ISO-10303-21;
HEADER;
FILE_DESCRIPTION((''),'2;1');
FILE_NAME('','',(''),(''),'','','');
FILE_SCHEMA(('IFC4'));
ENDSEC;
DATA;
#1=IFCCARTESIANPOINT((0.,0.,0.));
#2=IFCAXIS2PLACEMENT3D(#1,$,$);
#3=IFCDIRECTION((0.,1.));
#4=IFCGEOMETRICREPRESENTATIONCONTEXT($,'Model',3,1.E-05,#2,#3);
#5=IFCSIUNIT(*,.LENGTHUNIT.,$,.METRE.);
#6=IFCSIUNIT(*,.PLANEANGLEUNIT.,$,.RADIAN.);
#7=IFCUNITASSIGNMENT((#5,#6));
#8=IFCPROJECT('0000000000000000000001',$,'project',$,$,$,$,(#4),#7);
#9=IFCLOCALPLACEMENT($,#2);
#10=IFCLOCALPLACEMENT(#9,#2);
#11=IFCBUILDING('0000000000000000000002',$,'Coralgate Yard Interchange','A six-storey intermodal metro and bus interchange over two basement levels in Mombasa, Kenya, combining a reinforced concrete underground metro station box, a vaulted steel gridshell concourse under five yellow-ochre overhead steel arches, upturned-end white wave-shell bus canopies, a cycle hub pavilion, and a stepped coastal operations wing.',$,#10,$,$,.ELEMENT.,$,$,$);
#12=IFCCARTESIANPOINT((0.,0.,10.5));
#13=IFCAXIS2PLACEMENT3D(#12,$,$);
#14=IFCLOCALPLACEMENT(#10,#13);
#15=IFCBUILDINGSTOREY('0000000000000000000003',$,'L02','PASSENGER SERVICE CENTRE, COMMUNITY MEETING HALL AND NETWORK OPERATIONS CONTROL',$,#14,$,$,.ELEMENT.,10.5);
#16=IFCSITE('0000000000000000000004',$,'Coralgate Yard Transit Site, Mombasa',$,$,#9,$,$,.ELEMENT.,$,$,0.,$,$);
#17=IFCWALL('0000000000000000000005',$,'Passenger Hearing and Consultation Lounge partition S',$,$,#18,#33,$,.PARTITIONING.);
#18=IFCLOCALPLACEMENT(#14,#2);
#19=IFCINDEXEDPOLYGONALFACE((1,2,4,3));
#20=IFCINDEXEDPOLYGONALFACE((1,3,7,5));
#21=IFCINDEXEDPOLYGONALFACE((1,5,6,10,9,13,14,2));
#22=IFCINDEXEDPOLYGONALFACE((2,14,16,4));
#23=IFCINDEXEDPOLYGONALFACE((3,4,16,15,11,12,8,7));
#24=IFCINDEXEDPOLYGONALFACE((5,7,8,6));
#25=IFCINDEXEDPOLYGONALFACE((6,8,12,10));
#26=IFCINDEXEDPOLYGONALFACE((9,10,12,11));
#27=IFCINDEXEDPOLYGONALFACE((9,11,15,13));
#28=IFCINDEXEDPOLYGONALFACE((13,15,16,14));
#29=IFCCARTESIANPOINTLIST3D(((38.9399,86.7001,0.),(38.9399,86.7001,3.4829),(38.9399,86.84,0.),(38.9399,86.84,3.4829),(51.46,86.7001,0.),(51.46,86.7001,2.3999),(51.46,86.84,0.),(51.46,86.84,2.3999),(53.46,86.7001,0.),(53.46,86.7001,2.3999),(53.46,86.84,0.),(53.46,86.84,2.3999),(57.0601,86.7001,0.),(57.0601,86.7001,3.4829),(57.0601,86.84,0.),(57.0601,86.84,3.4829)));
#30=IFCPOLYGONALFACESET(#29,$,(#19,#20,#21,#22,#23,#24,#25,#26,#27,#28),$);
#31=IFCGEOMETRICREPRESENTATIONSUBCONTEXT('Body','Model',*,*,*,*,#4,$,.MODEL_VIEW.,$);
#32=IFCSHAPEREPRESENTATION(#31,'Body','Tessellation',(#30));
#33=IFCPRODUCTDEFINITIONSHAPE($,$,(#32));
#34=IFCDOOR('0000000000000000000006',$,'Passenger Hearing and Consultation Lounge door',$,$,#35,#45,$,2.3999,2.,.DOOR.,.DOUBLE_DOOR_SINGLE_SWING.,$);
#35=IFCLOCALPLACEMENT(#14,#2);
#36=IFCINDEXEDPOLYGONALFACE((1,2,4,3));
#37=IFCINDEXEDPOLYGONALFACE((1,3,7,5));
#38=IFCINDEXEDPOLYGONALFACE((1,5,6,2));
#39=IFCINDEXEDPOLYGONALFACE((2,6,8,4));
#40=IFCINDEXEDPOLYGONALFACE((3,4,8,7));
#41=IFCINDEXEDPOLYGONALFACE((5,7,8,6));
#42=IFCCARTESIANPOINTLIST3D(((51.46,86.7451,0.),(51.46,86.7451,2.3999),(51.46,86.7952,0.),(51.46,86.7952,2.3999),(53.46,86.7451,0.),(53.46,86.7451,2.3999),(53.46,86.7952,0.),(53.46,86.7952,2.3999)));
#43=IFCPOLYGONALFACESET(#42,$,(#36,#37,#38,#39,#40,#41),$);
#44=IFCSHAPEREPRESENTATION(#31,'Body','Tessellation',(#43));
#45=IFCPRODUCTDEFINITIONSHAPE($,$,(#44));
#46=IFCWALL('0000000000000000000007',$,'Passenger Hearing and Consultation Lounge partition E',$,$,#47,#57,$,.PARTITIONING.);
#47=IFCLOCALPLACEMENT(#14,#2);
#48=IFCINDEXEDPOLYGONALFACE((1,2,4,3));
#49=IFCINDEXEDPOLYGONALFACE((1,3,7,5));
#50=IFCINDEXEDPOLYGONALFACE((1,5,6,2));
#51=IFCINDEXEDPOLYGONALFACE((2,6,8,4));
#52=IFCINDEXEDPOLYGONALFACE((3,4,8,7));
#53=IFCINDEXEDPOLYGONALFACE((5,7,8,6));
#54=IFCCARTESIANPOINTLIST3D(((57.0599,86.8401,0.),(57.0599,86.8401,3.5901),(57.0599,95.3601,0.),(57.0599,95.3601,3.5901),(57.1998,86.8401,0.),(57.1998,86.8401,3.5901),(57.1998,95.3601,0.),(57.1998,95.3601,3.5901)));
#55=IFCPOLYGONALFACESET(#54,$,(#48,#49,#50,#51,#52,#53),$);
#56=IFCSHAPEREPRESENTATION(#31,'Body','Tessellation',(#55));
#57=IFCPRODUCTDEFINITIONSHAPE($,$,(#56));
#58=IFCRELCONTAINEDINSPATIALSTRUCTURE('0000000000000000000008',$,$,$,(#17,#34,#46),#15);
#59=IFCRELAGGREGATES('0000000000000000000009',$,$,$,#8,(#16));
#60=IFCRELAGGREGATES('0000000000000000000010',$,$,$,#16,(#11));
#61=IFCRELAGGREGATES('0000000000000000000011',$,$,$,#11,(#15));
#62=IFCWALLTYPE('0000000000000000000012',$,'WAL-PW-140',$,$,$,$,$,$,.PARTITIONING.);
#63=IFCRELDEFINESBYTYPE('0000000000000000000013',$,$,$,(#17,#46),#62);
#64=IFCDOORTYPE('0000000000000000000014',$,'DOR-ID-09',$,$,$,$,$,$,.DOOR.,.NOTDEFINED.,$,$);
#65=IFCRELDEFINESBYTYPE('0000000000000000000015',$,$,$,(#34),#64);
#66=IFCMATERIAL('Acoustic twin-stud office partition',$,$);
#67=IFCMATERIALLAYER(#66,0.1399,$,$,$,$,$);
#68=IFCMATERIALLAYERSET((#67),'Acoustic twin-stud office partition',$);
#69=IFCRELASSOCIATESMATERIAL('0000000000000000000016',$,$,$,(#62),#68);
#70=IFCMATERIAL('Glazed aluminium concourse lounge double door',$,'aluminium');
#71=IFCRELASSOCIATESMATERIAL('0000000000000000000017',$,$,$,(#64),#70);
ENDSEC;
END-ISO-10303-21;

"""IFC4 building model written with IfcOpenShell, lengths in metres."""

from ifc_helpers import new_model, si_unit, direction, frame, frame_2d, origin, place, context, subcontext, project, spatial, rectangle, extrude, material, layer, layer_set, type_object, element, fill, save


model = new_model("IFC4")

# Units and contexts
model_context = context("Model", 3, precision=1e-05, world=origin(), true_north=direction((0.0, 1.0)))
body_context = subcontext(model_context, "Body", "Model", "MODEL_VIEW")
ifc_project = project(units=[si_unit("LENGTHUNIT", "METRE"), si_unit("PLANEANGLEUNIT", "RADIAN")], contexts=[model_context])

# Site, building, storey
site_placement = place(None, origin())
site = spatial("IfcSite", under=ifc_project, at=site_placement, Name="Coralgate Yard Transit Site, Mombasa", CompositionType="ELEMENT", RefElevation=0.0)
building_placement = place(site_placement, origin())
building = spatial("IfcBuilding", under=site, at=building_placement, Name="Coralgate Yard Interchange", Description="A six-storey intermodal metro and bus interchange over two basement levels in Mombasa, Kenya, combining a reinforced concrete underground metro station box, a vaulted steel gridshell concourse under five yellow-ochre overhead steel arches, upturned-end white wave-shell bus canopies, a cycle hub pavilion, and a stepped coastal operations wing.", CompositionType="ELEMENT")
storey_placement = place(building_placement, frame((0.0, 0.0, 10.5)))
storey = spatial("IfcBuildingStorey", under=building, at=storey_placement, Name="L02", Description="PASSENGER SERVICE CENTRE, COMMUNITY MEETING HALL AND NETWORK OPERATIONS CONTROL", CompositionType="ELEMENT", Elevation=10.5)

# Wall, opening, door
ifc_material_1 = material(Name="Acoustic twin-stud office partition")
ifc_layer_1 = layer(ifc_material_1, 0.1399)
ifc_layer_set_1 = layer_set([ifc_layer_1], Name="Acoustic twin-stud office partition")
wall_type_1 = type_object("IfcWallType", Name="WAL-PW-140", PredefinedType="PARTITIONING", material=ifc_layer_set_1)
wall_1_placement = place(storey_placement, frame((57.0601, 86.77, 0.0), z_axis=(0.0, 0.0, 1.0), x_axis=(-1.0, 0.0, 0.0)))
wall_1 = element("IfcWall", 1, at=wall_1_placement, inside=storey, type_object=wall_type_1, Name="Passenger Hearing and Consultation Lounge partition S", PredefinedType="PARTITIONING", context=body_context, shape_type="SweptSolid", body=[
    extrude(rectangle(XDim=18.1201, YDim=0.1399, at=frame_2d((9.0601, 0.0))), origin(), (0.0, 0.0, 1.0), 3.4829),
])
opening_1_placement = place(wall_1_placement, frame((3.6001, 0.0, 0.0)))
opening_1 = element("IfcOpeningElement", 2, at=opening_1_placement, cuts=wall_1, PredefinedType="OPENING", context=body_context, shape_type="SweptSolid", body=[
    extrude(rectangle(XDim=2.0, YDim=2.3999, at=frame_2d((1.0, 1.2))), frame((0.0, 0.0798, 0.0), z_axis=(0.0, -1.0, 0.0), x_axis=(1.0, 0.0, 0.0)), (0.0, 0.0, 1.0), 0.1599),
])
ifc_material_2 = material(Name="Glazed aluminium concourse lounge double door", Category="aluminium")
door_type = type_object("IfcDoorType", Name="DOR-ID-09", OperationType="NOTDEFINED", PredefinedType="DOOR", material=ifc_material_2)
door_placement = place(opening_1_placement, origin())
door = element("IfcDoor", 3, at=door_placement, inside=storey, type_object=door_type, Name="Passenger Hearing and Consultation Lounge door", OperationType="DOUBLE_DOOR_SINGLE_SWING", OverallHeight=2.3999, OverallWidth=2.0, PredefinedType="DOOR", context=body_context, shape_type="SweptSolid", body=[
    extrude(rectangle(XDim=2.0, YDim=2.3999, at=frame_2d((1.0, 1.2))), frame((0.0, 0.0249, 0.0), z_axis=(0.0, -1.0, 0.0), x_axis=(1.0, 0.0, 0.0)), (0.0, 0.0, 1.0), 0.05),
])
fill(opening_1, door)

# Wall
wall_2_placement = place(storey_placement, frame((57.1299, 95.3601, 0.0), z_axis=(0.0, 0.0, 1.0), x_axis=(0.0, -1.0, 0.0)))
element("IfcWall", 4, at=wall_2_placement, inside=storey, type_object=wall_type_1, Name="Passenger Hearing and Consultation Lounge partition E", PredefinedType="PARTITIONING", context=body_context, shape_type="SweptSolid", body=[
    extrude(rectangle(XDim=8.52, YDim=0.1399, at=frame_2d((4.26, 0.0))), origin(), (0.0, 0.0, 1.0), 3.5901),
])

save(model, "model.ifc")
